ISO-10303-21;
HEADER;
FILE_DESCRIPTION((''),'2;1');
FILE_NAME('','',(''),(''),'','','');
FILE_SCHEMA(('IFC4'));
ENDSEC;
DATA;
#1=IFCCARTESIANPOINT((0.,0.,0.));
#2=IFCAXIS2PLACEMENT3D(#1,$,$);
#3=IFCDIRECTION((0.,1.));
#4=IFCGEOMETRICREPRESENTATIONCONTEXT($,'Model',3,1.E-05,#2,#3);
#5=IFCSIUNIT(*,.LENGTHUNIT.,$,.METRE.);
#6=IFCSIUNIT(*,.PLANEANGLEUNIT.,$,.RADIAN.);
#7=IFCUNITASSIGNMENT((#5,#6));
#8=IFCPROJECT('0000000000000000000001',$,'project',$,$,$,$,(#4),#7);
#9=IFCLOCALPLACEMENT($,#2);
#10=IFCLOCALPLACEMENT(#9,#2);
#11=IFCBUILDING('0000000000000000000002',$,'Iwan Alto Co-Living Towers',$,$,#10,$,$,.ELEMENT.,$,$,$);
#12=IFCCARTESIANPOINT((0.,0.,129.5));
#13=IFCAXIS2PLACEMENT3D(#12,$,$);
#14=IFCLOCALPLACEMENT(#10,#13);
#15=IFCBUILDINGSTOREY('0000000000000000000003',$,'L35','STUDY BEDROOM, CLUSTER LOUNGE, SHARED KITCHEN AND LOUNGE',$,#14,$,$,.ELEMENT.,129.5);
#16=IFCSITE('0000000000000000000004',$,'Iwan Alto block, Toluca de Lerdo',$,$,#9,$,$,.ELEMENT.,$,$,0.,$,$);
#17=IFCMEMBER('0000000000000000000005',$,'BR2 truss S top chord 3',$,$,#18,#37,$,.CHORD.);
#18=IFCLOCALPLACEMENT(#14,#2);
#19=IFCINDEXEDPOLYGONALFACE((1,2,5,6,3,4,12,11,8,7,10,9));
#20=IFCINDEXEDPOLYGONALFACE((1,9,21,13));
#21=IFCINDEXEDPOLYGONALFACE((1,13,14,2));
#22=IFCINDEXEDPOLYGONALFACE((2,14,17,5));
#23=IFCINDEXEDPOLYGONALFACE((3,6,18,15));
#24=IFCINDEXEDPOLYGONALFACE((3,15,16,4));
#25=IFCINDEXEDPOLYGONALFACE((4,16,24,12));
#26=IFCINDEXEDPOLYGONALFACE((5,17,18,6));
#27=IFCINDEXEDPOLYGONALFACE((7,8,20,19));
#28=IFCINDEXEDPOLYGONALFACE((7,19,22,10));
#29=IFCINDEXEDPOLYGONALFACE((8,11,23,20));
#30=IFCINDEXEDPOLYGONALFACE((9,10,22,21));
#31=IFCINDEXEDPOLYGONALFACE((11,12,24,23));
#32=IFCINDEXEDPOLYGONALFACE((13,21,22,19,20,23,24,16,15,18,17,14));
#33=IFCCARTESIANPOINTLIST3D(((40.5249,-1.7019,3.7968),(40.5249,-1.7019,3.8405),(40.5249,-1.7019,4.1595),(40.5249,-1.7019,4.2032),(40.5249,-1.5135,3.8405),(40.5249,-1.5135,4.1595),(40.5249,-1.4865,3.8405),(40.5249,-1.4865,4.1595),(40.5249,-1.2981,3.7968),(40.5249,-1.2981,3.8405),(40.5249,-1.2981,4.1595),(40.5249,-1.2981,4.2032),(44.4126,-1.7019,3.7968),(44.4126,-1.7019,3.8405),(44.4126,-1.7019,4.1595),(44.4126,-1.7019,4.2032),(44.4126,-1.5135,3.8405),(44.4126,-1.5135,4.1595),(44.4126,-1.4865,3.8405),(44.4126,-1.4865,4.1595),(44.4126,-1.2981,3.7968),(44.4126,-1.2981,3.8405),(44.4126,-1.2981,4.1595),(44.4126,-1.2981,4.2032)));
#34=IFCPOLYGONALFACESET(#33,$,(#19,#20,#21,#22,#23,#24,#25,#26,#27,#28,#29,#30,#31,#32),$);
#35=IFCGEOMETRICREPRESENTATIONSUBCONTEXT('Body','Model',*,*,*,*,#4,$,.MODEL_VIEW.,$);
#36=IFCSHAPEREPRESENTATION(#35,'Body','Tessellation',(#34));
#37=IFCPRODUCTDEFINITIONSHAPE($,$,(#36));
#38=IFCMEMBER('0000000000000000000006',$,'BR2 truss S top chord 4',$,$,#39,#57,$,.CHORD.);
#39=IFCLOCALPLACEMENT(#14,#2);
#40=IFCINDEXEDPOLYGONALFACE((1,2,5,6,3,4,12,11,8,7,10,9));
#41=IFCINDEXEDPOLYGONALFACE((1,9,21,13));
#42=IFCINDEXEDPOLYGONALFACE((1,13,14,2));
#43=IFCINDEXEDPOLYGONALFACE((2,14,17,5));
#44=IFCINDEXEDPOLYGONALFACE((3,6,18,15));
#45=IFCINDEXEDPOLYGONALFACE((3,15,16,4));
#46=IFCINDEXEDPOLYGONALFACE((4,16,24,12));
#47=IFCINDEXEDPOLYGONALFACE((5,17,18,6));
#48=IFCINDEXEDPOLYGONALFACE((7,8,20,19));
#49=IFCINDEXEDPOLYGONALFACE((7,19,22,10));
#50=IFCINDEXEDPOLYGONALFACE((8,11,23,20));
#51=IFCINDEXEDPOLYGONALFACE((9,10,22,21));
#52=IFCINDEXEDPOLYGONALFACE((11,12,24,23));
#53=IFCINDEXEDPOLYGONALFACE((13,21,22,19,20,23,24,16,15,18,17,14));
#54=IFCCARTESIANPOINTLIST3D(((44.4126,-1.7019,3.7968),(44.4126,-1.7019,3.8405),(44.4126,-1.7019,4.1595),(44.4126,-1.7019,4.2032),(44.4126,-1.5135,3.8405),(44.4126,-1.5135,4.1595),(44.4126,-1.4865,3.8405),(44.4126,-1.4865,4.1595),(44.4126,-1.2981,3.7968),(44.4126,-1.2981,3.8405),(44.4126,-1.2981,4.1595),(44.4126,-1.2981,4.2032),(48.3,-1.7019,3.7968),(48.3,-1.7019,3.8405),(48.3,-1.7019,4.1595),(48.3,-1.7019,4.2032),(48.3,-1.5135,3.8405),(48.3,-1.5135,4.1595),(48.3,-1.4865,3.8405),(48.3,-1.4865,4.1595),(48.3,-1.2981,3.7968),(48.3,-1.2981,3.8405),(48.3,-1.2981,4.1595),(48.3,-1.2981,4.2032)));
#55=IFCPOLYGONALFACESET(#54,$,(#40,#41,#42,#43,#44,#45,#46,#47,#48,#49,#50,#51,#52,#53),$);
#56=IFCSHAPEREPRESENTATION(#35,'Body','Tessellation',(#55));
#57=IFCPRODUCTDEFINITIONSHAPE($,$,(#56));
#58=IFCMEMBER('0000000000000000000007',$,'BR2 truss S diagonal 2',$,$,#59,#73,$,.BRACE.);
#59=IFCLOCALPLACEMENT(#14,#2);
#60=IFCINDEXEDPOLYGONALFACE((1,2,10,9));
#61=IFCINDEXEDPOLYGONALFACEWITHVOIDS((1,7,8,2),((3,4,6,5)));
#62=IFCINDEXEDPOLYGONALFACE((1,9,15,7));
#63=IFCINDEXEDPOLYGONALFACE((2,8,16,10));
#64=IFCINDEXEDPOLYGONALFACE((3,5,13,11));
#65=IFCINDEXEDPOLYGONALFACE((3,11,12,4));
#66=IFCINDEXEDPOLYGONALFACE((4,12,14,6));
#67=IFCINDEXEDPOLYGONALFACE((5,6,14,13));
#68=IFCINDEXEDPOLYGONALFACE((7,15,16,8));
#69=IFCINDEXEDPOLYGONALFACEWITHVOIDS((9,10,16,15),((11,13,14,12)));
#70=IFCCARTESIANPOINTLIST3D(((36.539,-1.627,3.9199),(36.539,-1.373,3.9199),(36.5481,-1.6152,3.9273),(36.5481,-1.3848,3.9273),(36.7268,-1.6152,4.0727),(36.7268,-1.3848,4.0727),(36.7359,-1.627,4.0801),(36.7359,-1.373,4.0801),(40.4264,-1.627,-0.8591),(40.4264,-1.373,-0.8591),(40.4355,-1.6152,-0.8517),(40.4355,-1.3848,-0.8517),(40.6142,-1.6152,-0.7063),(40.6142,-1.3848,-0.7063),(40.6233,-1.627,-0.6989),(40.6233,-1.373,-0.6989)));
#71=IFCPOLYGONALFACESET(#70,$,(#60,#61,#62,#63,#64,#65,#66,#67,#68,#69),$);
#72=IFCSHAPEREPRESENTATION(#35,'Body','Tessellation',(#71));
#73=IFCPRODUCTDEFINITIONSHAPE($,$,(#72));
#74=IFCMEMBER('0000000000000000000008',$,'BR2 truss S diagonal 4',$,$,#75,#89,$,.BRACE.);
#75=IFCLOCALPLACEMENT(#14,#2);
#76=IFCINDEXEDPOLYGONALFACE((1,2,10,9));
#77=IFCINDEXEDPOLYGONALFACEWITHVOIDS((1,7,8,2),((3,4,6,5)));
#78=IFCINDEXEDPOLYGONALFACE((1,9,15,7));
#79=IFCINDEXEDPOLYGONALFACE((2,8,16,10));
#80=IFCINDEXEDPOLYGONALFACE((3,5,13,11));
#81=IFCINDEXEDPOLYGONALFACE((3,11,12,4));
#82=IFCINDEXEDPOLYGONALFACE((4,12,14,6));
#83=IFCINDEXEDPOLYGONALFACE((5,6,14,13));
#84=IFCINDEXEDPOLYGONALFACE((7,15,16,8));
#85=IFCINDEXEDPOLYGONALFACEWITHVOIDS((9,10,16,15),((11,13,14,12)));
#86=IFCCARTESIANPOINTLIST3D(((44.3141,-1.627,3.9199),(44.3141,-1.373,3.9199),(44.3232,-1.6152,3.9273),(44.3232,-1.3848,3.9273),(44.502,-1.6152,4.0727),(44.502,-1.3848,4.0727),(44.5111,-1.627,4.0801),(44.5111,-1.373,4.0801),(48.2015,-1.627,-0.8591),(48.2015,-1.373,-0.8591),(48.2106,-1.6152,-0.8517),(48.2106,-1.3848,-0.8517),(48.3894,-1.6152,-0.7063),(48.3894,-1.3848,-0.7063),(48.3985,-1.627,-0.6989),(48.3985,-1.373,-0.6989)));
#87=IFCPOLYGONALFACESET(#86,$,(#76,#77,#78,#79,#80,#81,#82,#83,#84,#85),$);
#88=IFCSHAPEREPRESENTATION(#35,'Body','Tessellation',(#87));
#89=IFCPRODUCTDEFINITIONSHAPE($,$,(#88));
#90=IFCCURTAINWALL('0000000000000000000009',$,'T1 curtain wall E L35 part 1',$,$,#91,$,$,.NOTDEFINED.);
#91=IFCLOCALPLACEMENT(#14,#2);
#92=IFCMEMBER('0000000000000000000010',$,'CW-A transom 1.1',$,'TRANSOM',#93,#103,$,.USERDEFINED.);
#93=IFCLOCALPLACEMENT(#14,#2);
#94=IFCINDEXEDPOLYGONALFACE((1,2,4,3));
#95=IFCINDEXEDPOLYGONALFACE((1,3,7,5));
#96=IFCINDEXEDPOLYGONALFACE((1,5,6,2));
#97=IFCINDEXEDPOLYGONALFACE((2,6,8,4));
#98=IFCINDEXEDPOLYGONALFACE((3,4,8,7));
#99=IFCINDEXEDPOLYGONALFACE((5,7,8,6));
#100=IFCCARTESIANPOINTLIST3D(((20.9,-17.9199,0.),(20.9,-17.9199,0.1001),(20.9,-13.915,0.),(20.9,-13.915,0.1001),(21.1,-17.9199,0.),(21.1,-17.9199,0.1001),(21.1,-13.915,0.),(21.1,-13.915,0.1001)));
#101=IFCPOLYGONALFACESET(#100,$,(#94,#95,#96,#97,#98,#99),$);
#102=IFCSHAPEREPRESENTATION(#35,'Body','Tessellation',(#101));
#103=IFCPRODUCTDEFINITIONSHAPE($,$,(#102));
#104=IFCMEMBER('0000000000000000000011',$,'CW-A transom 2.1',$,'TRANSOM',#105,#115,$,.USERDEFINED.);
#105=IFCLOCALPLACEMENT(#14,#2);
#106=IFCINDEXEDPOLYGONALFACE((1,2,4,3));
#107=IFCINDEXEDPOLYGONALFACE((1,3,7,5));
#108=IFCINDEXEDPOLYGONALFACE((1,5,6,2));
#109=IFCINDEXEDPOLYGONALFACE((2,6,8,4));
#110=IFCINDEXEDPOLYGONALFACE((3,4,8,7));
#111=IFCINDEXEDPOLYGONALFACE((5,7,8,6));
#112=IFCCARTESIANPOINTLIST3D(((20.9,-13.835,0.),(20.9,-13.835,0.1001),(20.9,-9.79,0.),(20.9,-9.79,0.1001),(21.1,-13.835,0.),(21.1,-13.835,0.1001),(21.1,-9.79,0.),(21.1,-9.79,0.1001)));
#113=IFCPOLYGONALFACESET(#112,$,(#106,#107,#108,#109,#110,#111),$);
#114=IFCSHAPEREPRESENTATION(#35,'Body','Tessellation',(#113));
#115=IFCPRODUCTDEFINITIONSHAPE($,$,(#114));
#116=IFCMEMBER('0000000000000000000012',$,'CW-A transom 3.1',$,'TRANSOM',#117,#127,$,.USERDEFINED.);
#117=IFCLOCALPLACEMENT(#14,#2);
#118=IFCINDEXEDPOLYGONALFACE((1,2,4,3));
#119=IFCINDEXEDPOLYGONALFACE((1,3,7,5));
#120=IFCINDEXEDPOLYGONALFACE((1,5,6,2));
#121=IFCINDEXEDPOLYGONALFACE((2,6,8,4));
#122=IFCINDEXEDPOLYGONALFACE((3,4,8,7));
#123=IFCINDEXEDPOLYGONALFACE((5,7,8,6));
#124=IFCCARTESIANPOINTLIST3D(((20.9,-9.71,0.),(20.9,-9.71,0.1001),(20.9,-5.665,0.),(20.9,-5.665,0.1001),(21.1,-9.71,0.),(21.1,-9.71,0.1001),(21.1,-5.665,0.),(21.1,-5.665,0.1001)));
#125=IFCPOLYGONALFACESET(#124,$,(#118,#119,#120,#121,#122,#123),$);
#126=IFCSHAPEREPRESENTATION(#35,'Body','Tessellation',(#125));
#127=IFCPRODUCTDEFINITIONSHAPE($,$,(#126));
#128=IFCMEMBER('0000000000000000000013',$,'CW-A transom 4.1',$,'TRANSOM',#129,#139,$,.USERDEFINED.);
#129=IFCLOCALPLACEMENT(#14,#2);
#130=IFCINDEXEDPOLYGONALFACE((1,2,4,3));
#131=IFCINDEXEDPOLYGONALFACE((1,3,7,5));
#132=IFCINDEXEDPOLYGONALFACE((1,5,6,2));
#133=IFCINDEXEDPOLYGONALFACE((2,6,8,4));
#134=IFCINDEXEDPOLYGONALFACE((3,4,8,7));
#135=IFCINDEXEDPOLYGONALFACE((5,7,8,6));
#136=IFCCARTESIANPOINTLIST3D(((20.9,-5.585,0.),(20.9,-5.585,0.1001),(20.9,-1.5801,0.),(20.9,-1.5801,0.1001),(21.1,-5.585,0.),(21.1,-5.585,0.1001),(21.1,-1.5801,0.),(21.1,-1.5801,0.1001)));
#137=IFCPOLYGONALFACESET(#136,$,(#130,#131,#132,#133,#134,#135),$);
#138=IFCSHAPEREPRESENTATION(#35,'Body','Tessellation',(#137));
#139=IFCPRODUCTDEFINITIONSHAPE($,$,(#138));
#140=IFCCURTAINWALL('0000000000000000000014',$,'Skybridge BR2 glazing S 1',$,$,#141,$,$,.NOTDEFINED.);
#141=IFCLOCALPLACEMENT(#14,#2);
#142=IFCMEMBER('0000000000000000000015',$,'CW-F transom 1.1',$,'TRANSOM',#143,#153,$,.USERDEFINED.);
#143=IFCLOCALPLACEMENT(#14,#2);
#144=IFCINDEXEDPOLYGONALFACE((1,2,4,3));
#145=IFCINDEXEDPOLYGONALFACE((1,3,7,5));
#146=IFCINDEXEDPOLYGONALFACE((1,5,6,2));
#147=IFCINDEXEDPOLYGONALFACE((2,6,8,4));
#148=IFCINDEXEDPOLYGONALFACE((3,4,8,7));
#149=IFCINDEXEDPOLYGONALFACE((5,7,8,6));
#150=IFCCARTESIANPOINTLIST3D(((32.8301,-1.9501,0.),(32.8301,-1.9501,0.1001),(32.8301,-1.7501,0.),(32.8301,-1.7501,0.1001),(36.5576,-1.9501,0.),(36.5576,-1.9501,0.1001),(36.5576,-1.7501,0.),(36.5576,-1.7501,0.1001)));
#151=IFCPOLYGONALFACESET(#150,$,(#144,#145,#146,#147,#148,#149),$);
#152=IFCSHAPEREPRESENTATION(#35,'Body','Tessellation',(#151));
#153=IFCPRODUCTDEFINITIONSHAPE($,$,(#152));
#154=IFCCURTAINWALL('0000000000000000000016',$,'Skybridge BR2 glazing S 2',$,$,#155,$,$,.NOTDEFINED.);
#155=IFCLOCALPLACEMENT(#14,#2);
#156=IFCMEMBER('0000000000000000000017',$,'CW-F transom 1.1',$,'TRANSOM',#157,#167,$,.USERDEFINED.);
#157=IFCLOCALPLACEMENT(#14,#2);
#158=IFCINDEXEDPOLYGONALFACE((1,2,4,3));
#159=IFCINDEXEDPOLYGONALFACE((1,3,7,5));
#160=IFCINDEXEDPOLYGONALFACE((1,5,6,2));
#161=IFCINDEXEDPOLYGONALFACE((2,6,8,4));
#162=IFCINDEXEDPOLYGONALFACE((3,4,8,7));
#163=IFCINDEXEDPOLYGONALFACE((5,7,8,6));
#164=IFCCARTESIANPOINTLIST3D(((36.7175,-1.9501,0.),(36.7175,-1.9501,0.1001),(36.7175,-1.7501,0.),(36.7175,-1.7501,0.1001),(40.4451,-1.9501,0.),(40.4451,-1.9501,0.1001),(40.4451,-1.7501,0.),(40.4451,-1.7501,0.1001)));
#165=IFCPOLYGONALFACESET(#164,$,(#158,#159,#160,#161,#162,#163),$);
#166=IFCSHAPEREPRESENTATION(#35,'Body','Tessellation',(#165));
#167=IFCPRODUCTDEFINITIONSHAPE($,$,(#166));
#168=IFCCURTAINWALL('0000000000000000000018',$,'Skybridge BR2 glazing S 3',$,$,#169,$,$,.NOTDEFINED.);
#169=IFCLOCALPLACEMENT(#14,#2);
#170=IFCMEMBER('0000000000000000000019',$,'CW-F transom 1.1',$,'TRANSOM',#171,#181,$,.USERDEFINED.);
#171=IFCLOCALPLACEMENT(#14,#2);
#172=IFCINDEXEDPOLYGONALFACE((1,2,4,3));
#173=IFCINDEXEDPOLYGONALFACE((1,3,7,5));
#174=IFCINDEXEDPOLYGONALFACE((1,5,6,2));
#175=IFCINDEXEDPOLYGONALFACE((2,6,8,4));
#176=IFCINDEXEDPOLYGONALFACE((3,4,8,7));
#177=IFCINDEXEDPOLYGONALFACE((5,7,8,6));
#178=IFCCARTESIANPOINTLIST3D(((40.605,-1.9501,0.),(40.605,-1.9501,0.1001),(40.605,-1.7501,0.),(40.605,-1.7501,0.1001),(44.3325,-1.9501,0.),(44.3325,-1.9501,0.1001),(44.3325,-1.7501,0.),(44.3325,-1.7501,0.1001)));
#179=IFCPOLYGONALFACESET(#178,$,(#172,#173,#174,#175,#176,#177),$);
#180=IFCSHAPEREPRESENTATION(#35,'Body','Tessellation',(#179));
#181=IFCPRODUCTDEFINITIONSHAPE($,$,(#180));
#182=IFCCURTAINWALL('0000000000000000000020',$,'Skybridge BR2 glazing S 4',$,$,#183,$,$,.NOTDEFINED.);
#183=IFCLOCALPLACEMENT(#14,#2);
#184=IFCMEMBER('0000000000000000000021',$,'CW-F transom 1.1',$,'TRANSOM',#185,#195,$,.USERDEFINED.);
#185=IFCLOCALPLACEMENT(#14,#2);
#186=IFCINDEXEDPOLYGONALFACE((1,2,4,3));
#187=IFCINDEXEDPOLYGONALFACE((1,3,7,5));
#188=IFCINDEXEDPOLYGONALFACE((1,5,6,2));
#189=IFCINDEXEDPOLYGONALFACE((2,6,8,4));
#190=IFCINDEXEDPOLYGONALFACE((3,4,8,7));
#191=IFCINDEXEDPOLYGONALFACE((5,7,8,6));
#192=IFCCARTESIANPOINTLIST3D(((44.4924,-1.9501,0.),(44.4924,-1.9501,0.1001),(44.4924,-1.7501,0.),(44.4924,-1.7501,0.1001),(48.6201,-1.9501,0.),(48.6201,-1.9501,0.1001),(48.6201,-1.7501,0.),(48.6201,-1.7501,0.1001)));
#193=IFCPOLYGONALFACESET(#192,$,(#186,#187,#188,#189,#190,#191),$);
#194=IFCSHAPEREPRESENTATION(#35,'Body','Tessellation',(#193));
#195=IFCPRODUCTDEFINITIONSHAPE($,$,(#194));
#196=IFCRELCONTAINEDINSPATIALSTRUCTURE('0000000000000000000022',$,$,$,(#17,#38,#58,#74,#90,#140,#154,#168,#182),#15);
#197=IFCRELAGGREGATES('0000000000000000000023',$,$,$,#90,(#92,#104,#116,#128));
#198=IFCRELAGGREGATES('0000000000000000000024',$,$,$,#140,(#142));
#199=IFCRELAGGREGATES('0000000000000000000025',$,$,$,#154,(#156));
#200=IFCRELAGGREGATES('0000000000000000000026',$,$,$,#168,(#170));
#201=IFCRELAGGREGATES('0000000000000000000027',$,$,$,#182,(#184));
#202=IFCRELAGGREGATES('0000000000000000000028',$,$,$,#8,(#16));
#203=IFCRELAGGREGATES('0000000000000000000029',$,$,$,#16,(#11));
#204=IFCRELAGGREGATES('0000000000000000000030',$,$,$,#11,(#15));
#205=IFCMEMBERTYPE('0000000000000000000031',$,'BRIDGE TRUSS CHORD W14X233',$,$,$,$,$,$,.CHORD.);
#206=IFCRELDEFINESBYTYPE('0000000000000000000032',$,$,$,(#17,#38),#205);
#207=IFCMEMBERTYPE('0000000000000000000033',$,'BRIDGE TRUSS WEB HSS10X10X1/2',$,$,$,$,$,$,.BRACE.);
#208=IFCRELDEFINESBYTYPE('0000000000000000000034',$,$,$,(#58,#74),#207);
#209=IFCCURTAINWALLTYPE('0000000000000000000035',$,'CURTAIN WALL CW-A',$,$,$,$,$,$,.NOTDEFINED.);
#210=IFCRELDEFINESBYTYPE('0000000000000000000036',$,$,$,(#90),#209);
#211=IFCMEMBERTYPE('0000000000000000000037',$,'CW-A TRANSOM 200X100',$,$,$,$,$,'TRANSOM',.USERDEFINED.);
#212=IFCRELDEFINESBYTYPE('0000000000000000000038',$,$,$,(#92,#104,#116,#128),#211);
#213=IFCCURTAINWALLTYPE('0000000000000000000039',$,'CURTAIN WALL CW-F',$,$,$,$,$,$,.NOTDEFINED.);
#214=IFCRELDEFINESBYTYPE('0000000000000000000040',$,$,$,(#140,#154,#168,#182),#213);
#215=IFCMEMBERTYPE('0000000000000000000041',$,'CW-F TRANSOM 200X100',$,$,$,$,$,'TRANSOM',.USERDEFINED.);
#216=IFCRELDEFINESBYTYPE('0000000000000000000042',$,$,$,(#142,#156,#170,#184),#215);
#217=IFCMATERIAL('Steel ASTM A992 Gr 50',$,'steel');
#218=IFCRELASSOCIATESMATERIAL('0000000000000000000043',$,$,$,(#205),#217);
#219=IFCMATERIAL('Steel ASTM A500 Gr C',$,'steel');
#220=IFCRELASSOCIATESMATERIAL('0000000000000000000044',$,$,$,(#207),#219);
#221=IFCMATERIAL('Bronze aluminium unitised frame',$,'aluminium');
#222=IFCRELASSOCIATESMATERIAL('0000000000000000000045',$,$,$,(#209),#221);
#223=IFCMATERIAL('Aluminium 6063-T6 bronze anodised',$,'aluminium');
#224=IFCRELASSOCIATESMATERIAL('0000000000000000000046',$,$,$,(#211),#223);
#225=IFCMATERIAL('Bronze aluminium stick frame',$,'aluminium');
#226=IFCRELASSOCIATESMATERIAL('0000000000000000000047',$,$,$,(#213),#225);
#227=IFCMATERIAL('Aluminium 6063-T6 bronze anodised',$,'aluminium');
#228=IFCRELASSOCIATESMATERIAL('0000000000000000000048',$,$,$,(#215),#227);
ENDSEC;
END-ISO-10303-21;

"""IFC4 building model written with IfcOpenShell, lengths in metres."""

from ifc_helpers import new_model, si_unit, direction, frame, origin, origin_2d, place, context, subcontext, project, spatial, rectangle, hollow_rectangle, i_section, extrude, material, material_profile, profile_set, type_object, element, aggregate, save


model = new_model("IFC4")

# Units and contexts
model_context = context("Model", 3, precision=1e-05, world=origin(), true_north=direction((0.0, 1.0)))
body_context = subcontext(model_context, "Body", "Model", "MODEL_VIEW")
ifc_project = project(units=[si_unit("LENGTHUNIT", "METRE"), si_unit("PLANEANGLEUNIT", "RADIAN")], contexts=[model_context])

# Site, building, storey
site_placement = place(None, origin())
site = spatial("IfcSite", under=ifc_project, at=site_placement, Name="Iwan Alto block, Toluca de Lerdo", CompositionType="ELEMENT", RefElevation=0.0)
building_placement = place(site_placement, origin())
building = spatial("IfcBuilding", under=site, at=building_placement, Name="Iwan Alto Co-Living Towers", CompositionType="ELEMENT")
storey_placement = place(building_placement, frame((0.0, 0.0, 129.5)))
storey = spatial("IfcBuildingStorey", under=building, at=storey_placement, Name="L35", Description="STUDY BEDROOM, CLUSTER LOUNGE, SHARED KITCHEN AND LOUNGE", CompositionType="ELEMENT", Elevation=129.5)

# Members
ifc_material_1 = material(Name="Steel ASTM A992 Gr 50", Category="steel")
ifc_material_profile_1 = material_profile(ifc_material_1, i_section(OverallWidth=0.4038, OverallDepth=0.4065, WebThickness=0.0271, FlangeThickness=0.0437, at=origin_2d()), Name="W14X233")
ifc_profile_set_1 = profile_set([ifc_material_profile_1], Name="Steel ASTM A992 Gr 50")
member_type_1 = type_object("IfcMemberType", Name="BRIDGE TRUSS CHORD W14X233", PredefinedType="CHORD", material=ifc_profile_set_1)
member_1_placement = place(storey_placement, frame((40.5249, -1.5, 4.0), z_axis=(1.0, 0.0, 0.0), x_axis=(0.0, 1.0, 0.0)))
element("IfcMember", 1, at=member_1_placement, inside=storey, type_object=member_type_1, Name="BR2 truss S top chord 3", PredefinedType="CHORD", context=body_context, shape_type="SweptSolid", body=[
    extrude(i_section(OverallWidth=0.4038, OverallDepth=0.4065, WebThickness=0.0271, FlangeThickness=0.0437, at=origin_2d()), origin(), (0.0, 0.0, 1.0), 3.8877),
])
member_2_placement = place(storey_placement, frame((44.4126, -1.5, 4.0), z_axis=(1.0, 0.0, 0.0), x_axis=(0.0, 1.0, 0.0)))
element("IfcMember", 2, at=member_2_placement, inside=storey, type_object=member_type_1, Name="BR2 truss S top chord 4", PredefinedType="CHORD", context=body_context, shape_type="SweptSolid", body=[
    extrude(i_section(OverallWidth=0.4038, OverallDepth=0.4065, WebThickness=0.0271, FlangeThickness=0.0437, at=origin_2d()), origin(), (0.0, 0.0, 1.0), 3.8875),
])
ifc_material_2 = material(Name="Steel ASTM A500 Gr C", Category="steel")
ifc_material_profile_2 = material_profile(ifc_material_2, hollow_rectangle(XDim=0.2539, YDim=0.2539, WallThickness=0.0117, at=origin_2d()), Name="HSS10X10X1/2")
ifc_profile_set_2 = profile_set([ifc_material_profile_2], Name="Steel ASTM A500 Gr C")
member_type_2 = type_object("IfcMemberType", Name="BRIDGE TRUSS WEB HSS10X10X1/2", PredefinedType="BRACE", material=ifc_profile_set_2)
for number, where, z_axis, x_axis, name in (
    (3, (36.6375, -1.5, 4.0), (0.63103, 0.0, -0.775759), (0.0, 1.0, 0.0), "BR2 truss S diagonal 2"),
    (4, (44.4126, -1.5, 4.0), (0.63103, 0.0, -0.775759), (0.0, 1.0, 0.0), "BR2 truss S diagonal 4"),
):
    element("IfcMember", number, at=place(storey_placement, frame(where, z_axis=z_axis, x_axis=x_axis)), inside=storey, type_object=member_type_2, Name=name, PredefinedType="BRACE", context=body_context, shape_type="SweptSolid", body=[
        extrude(hollow_rectangle(XDim=0.2539, YDim=0.2539, WallThickness=0.0117, at=origin_2d()), origin(), (0.0, 0.0, 1.0), 6.1604),
    ])

# Curtain wall, members
ifc_material_3 = material(Name="Bronze aluminium unitised frame", Category="aluminium")
curtain_wall_type_1 = type_object("IfcCurtainWallType", Name="CURTAIN WALL CW-A", PredefinedType="NOTDEFINED", material=ifc_material_3)
curtain_wall_1_placement = place(storey_placement, origin())
curtain_wall_1 = element("IfcCurtainWall", 5, at=curtain_wall_1_placement, inside=storey, type_object=curtain_wall_type_1, Name="T1 curtain wall E L35 part 1", PredefinedType="NOTDEFINED")
ifc_material_4 = material(Name="Aluminium 6063-T6 bronze anodised", Category="aluminium")
ifc_material_profile_3 = material_profile(ifc_material_4, rectangle(XDim=0.2, YDim=0.1001, at=origin_2d()), Name="AL 200X100")
ifc_profile_set_3 = profile_set([ifc_material_profile_3], Name="Aluminium 6063-T6 bronze anodised")
member_type_3 = type_object("IfcMemberType", Name="CW-A TRANSOM 200X100", ElementType="TRANSOM", PredefinedType="USERDEFINED", material=ifc_profile_set_3)
member_3_placement = place(storey_placement, frame((21.0, -17.9199, 0.05), z_axis=(0.0, 1.0, 0.0), x_axis=(-1.0, 0.0, 0.0)))
member_3 = element("IfcMember", 6, at=member_3_placement, type_object=member_type_3, Name="CW-A transom 1.1", ObjectType="TRANSOM", PredefinedType="USERDEFINED", context=body_context, shape_type="SweptSolid", body=[
    extrude(rectangle(XDim=0.2, YDim=0.1001, at=origin_2d()), origin(), (0.0, 0.0, 1.0), 4.0049),
])
member_4_placement = place(storey_placement, frame((21.0, -13.835, 0.05), z_axis=(0.0, 1.0, 0.0), x_axis=(-1.0, 0.0, 0.0)))
member_4 = element("IfcMember", 7, at=member_4_placement, type_object=member_type_3, Name="CW-A transom 2.1", ObjectType="TRANSOM", PredefinedType="USERDEFINED", context=body_context, shape_type="SweptSolid", body=[
    extrude(rectangle(XDim=0.2, YDim=0.1001, at=origin_2d()), origin(), (0.0, 0.0, 1.0), 4.0449),
])
member_5_placement = place(storey_placement, frame((21.0, -9.71, 0.05), z_axis=(0.0, 1.0, 0.0), x_axis=(-1.0, 0.0, 0.0)))
member_5 = element("IfcMember", 8, at=member_5_placement, type_object=member_type_3, Name="CW-A transom 3.1", ObjectType="TRANSOM", PredefinedType="USERDEFINED", context=body_context, shape_type="SweptSolid", body=[
    extrude(rectangle(XDim=0.2, YDim=0.1001, at=origin_2d()), origin(), (0.0, 0.0, 1.0), 4.0449),
])
member_6_placement = place(storey_placement, frame((21.0, -5.585, 0.05), z_axis=(0.0, 1.0, 0.0), x_axis=(-1.0, 0.0, 0.0)))
member_6 = element("IfcMember", 9, at=member_6_placement, type_object=member_type_3, Name="CW-A transom 4.1", ObjectType="TRANSOM", PredefinedType="USERDEFINED", context=body_context, shape_type="SweptSolid", body=[
    extrude(rectangle(XDim=0.2, YDim=0.1001, at=origin_2d()), origin(), (0.0, 0.0, 1.0), 4.0049),
])

# Curtain walls, members
ifc_material_5 = material(Name="Bronze aluminium stick frame", Category="aluminium")
curtain_wall_type_2 = type_object("IfcCurtainWallType", Name="CURTAIN WALL CW-F", PredefinedType="NOTDEFINED", material=ifc_material_5)
curtain_wall_2_placement = place(storey_placement, origin())
curtain_wall_2 = element("IfcCurtainWall", 10, at=curtain_wall_2_placement, inside=storey, type_object=curtain_wall_type_2, Name="Skybridge BR2 glazing S 1", PredefinedType="NOTDEFINED")
ifc_material_6 = material(Name="Aluminium 6063-T6 bronze anodised", Category="aluminium")
ifc_material_profile_4 = material_profile(ifc_material_6, rectangle(XDim=0.2, YDim=0.1001, at=origin_2d()), Name="AL 200X100")
ifc_profile_set_4 = profile_set([ifc_material_profile_4], Name="Aluminium 6063-T6 bronze anodised")
member_type_4 = type_object("IfcMemberType", Name="CW-F TRANSOM 200X100", ElementType="TRANSOM", PredefinedType="USERDEFINED", material=ifc_profile_set_4)
member_7_placement = place(storey_placement, frame((32.8301, -1.8501, 0.05), z_axis=(1.0, 0.0, 0.0), x_axis=(0.0, 1.0, 0.0)))
member_7 = element("IfcMember", 11, at=member_7_placement, type_object=member_type_4, Name="CW-F transom 1.1", ObjectType="TRANSOM", PredefinedType="USERDEFINED", context=body_context, shape_type="SweptSolid", body=[
    extrude(rectangle(XDim=0.2, YDim=0.1001, at=origin_2d()), origin(), (0.0, 0.0, 1.0), 3.7275),
])
curtain_wall_3_placement = place(storey_placement, origin())
curtain_wall_3 = element("IfcCurtainWall", 12, at=curtain_wall_3_placement, inside=storey, type_object=curtain_wall_type_2, Name="Skybridge BR2 glazing S 2", PredefinedType="NOTDEFINED")
member_8_placement = place(storey_placement, frame((36.7175, -1.8501, 0.05), z_axis=(1.0, 0.0, 0.0), x_axis=(0.0, 1.0, 0.0)))
member_8 = element("IfcMember", 13, at=member_8_placement, type_object=member_type_4, Name="CW-F transom 1.1", ObjectType="TRANSOM", PredefinedType="USERDEFINED", context=body_context, shape_type="SweptSolid", body=[
    extrude(rectangle(XDim=0.2, YDim=0.1001, at=origin_2d()), origin(), (0.0, 0.0, 1.0), 3.7275),
])
curtain_wall_4_placement = place(storey_placement, origin())
curtain_wall_4 = element("IfcCurtainWall", 14, at=curtain_wall_4_placement, inside=storey, type_object=curtain_wall_type_2, Name="Skybridge BR2 glazing S 3", PredefinedType="NOTDEFINED")
member_9_placement = place(storey_placement, frame((40.605, -1.8501, 0.05), z_axis=(1.0, 0.0, 0.0), x_axis=(0.0, 1.0, 0.0)))
member_9 = element("IfcMember", 15, at=member_9_placement, type_object=member_type_4, Name="CW-F transom 1.1", ObjectType="TRANSOM", PredefinedType="USERDEFINED", context=body_context, shape_type="SweptSolid", body=[
    extrude(rectangle(XDim=0.2, YDim=0.1001, at=origin_2d()), origin(), (0.0, 0.0, 1.0), 3.7275),
])
curtain_wall_5_placement = place(storey_placement, origin())
curtain_wall_5 = element("IfcCurtainWall", 16, at=curtain_wall_5_placement, inside=storey, type_object=curtain_wall_type_2, Name="Skybridge BR2 glazing S 4", PredefinedType="NOTDEFINED")
member_10_placement = place(storey_placement, frame((44.4924, -1.8501, 0.05), z_axis=(1.0, 0.0, 0.0), x_axis=(0.0, 1.0, 0.0)))
member_10 = element("IfcMember", 17, at=member_10_placement, type_object=member_type_4, Name="CW-F transom 1.1", ObjectType="TRANSOM", PredefinedType="USERDEFINED", context=body_context, shape_type="SweptSolid", body=[
    extrude(rectangle(XDim=0.2, YDim=0.1001, at=origin_2d()), origin(), (0.0, 0.0, 1.0), 4.1277),
])

aggregate(curtain_wall_1, [member_3, member_4, member_5, member_6])
aggregate(curtain_wall_2, [member_7])
aggregate(curtain_wall_3, [member_8])
aggregate(curtain_wall_4, [member_9])
aggregate(curtain_wall_5, [member_10])

save(model, "model.ifc")
